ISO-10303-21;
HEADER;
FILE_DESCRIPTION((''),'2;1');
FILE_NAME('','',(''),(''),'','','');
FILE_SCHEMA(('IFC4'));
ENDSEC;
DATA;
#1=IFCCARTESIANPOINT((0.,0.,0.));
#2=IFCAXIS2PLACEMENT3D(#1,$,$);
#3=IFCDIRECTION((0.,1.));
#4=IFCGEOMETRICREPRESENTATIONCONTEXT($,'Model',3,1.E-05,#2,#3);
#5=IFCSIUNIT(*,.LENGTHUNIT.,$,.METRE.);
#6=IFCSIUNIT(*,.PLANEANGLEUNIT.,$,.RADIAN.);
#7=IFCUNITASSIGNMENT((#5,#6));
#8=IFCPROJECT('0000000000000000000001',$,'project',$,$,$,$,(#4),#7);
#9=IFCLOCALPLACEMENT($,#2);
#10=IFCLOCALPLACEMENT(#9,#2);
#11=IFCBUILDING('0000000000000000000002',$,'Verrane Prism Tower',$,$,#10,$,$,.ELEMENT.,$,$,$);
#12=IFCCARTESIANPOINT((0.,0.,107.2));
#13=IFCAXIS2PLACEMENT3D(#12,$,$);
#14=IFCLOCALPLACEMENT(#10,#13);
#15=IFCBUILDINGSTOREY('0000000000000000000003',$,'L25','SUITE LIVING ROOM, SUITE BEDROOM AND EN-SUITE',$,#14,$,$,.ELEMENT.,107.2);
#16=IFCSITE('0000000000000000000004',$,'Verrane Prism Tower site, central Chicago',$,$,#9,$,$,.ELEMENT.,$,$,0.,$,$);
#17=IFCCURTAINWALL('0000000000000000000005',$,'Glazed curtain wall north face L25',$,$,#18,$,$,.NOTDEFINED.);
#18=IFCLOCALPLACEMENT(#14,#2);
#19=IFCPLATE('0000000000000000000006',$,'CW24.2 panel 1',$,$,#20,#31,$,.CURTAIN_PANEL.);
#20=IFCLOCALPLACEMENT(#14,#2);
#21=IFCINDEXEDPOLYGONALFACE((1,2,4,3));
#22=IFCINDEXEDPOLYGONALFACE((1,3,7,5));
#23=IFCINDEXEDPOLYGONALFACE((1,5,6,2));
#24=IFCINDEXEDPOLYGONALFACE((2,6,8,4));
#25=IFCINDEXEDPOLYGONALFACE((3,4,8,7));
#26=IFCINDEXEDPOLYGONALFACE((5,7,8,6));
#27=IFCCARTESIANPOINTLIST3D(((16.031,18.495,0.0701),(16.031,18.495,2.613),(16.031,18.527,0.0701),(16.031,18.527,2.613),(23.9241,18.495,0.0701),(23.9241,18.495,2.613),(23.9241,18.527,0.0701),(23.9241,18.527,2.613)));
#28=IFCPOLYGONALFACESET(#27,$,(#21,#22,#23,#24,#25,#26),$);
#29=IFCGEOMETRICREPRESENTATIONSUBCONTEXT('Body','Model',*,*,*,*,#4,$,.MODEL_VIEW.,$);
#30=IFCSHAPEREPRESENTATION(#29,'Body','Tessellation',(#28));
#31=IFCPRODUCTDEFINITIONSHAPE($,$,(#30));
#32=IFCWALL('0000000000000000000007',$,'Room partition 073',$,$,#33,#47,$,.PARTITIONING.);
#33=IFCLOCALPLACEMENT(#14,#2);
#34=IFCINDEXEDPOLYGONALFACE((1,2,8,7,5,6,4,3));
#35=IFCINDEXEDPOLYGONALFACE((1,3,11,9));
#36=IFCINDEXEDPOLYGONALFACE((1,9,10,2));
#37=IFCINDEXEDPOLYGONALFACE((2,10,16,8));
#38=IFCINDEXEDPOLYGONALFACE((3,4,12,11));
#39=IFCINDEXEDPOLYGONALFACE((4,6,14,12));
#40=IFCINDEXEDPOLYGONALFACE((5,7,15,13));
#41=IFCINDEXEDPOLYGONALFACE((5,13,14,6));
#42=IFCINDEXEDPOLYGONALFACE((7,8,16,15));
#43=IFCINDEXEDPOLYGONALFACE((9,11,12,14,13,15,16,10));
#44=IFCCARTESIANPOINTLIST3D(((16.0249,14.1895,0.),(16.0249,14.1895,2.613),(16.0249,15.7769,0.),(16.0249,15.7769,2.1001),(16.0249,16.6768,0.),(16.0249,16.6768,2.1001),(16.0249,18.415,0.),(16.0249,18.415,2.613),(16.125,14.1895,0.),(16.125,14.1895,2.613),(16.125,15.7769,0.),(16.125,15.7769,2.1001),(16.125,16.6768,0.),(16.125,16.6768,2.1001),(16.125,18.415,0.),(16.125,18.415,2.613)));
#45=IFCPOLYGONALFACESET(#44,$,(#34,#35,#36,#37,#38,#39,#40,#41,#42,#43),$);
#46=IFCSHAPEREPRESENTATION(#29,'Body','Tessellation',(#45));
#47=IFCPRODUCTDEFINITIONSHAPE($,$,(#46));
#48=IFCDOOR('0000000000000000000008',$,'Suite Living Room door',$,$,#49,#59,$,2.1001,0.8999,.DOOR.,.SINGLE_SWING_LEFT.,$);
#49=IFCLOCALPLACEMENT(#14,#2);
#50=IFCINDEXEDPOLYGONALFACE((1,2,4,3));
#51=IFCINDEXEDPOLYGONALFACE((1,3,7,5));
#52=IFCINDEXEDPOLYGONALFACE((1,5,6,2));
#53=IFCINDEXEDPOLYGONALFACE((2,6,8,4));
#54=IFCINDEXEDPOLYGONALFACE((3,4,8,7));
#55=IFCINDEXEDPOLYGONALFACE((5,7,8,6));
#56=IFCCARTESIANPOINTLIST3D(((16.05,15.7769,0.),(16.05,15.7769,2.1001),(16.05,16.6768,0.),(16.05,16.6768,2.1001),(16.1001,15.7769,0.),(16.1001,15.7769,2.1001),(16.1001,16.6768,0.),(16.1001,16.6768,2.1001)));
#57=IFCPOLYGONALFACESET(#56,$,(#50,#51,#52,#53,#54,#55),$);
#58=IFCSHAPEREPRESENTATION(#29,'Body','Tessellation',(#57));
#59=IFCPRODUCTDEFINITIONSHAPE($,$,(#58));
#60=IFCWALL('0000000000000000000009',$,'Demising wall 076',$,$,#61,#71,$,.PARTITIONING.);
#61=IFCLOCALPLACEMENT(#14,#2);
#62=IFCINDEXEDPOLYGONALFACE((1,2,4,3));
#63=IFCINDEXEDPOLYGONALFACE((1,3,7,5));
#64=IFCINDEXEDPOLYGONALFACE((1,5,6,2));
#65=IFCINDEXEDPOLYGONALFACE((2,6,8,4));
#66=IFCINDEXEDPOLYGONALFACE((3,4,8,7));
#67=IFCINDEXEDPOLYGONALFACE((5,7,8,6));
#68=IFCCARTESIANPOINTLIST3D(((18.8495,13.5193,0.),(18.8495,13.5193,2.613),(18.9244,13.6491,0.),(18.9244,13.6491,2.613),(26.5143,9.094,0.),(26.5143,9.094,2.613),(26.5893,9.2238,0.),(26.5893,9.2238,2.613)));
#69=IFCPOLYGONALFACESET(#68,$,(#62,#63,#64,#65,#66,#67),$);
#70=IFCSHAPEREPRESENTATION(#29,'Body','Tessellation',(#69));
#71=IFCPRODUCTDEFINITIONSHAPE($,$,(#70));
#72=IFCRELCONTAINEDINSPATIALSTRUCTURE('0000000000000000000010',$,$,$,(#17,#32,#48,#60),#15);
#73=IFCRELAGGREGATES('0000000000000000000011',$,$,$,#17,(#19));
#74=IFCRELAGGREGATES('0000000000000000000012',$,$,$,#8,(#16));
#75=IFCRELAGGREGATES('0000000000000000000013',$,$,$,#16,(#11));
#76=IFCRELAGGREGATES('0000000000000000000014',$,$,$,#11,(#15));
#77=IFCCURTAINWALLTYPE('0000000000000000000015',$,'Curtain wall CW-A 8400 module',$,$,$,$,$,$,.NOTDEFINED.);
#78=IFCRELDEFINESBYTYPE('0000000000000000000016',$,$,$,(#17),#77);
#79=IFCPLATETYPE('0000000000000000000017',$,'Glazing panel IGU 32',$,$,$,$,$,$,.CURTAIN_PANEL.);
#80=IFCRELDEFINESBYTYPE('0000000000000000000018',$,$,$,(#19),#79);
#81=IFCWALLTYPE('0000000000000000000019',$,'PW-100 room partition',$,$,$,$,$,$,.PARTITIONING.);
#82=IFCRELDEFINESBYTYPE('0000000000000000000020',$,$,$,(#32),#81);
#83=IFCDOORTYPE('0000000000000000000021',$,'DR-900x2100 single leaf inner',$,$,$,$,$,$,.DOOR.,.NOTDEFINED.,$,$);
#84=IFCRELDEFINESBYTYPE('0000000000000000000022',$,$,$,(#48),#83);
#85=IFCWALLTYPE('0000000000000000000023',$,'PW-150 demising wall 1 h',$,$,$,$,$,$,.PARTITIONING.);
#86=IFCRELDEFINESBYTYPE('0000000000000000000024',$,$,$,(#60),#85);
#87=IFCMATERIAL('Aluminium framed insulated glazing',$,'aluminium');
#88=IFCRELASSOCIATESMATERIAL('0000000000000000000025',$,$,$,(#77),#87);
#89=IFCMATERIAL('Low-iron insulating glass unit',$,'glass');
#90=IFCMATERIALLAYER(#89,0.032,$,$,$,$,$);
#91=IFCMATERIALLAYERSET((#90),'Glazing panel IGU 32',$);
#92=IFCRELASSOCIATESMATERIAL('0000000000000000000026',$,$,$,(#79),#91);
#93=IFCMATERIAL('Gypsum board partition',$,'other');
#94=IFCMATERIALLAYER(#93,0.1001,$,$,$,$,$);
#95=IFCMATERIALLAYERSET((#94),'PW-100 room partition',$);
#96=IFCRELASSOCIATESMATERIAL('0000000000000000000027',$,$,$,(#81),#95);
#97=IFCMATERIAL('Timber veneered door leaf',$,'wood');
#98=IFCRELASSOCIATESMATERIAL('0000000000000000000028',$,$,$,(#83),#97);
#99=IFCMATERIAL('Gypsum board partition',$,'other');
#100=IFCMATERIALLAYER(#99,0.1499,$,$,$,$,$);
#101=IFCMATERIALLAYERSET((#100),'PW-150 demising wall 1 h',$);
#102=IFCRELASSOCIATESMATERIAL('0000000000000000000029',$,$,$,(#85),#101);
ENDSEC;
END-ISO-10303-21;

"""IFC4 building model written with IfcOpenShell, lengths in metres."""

from ifc_helpers import new_model, si_unit, direction, frame, frame_2d, origin, origin_2d, place, context, subcontext, project, spatial, rectangle, extrude, material, layer, layer_set, type_object, element, fill, aggregate, save


model = new_model("IFC4")

# Units and contexts
model_context = context("Model", 3, precision=1e-05, world=origin(), true_north=direction((0.0, 1.0)))
body_context = subcontext(model_context, "Body", "Model", "MODEL_VIEW")
ifc_project = project(units=[si_unit("LENGTHUNIT", "METRE"), si_unit("PLANEANGLEUNIT", "RADIAN")], contexts=[model_context])

# Site, building, storey
site_placement = place(None, origin())
site = spatial("IfcSite", under=ifc_project, at=site_placement, Name="Verrane Prism Tower site, central Chicago", CompositionType="ELEMENT", RefElevation=0.0)
building_placement = place(site_placement, origin())
building = spatial("IfcBuilding", under=site, at=building_placement, Name="Verrane Prism Tower", CompositionType="ELEMENT")
storey_placement = place(building_placement, frame((0.0, 0.0, 107.2)))
storey = spatial("IfcBuildingStorey", under=building, at=storey_placement, Name="L25", Description="SUITE LIVING ROOM, SUITE BEDROOM AND EN-SUITE", CompositionType="ELEMENT", Elevation=107.2)

# Curtain wall
ifc_material_1 = material(Name="Aluminium framed insulated glazing", Category="aluminium")
curtain_wall_type_1 = type_object("IfcCurtainWallType", Name="Curtain wall CW-A 8400 module", PredefinedType="NOTDEFINED", material=ifc_material_1)
curtain_wall_1_placement = place(storey_placement, origin())
curtain_wall_1 = element("IfcCurtainWall", 1, at=curtain_wall_1_placement, inside=storey, type_object=curtain_wall_type_1, Name="Glazed curtain wall north face L25", PredefinedType="NOTDEFINED")

# Plate
ifc_material_2 = material(Name="Low-iron insulating glass unit", Category="glass")
ifc_layer_1 = layer(ifc_material_2, 0.032)
ifc_layer_set_1 = layer_set([ifc_layer_1], Name="Glazing panel IGU 32")
plate_type_1 = type_object("IfcPlateType", Name="Glazing panel IGU 32", PredefinedType="CURTAIN_PANEL", material=ifc_layer_set_1)
plate_1_placement = place(storey_placement, frame((19.9775, 18.511, 0.0701), z_axis=(0.0, 0.0, 1.0), x_axis=(-1.0, 0.0, 0.0)))
plate_1 = element("IfcPlate", 2, at=plate_1_placement, type_object=plate_type_1, Name="CW24.2 panel 1", PredefinedType="CURTAIN_PANEL", context=body_context, shape_type="SweptSolid", body=[
    extrude(rectangle(XDim=7.8931, YDim=0.032, at=origin_2d()), origin(), (0.0, 0.0, 1.0), 2.543),
])
aggregate(curtain_wall_1, [plate_1])

# Wall, opening, door
ifc_material_3 = material(Name="Gypsum board partition", Category="other")
ifc_layer_2 = layer(ifc_material_3, 0.1001)
ifc_layer_set_2 = layer_set([ifc_layer_2], Name="PW-100 room partition")
wall_type_1 = type_object("IfcWallType", Name="PW-100 room partition", PredefinedType="PARTITIONING", material=ifc_layer_set_2)
wall_1_placement = place(storey_placement, frame((16.075, 14.1895, 0.0), z_axis=(0.0, 0.0, 1.0), x_axis=(0.0, 1.0, 0.0)))
wall_1 = element("IfcWall", 3, at=wall_1_placement, inside=storey, type_object=wall_type_1, Name="Room partition 073", PredefinedType="PARTITIONING", context=body_context, shape_type="SweptSolid", body=[
    extrude(rectangle(XDim=4.2256, YDim=0.1001, at=frame_2d((2.1128, 0.0))), origin(), (0.0, 0.0, 1.0), 2.613),
])
opening_placement = place(wall_1_placement, frame((1.5874, 0.0, 0.0)))
opening = element("IfcOpeningElement", 4, at=opening_placement, cuts=wall_1, PredefinedType="OPENING", context=body_context, shape_type="SweptSolid", body=[
    extrude(rectangle(XDim=0.8999, YDim=2.1001, at=frame_2d((0.45, 1.05))), frame((0.0, 0.0601, 0.0), z_axis=(0.0, -1.0, 0.0), x_axis=(1.0, 0.0, 0.0)), (0.0, 0.0, 1.0), 0.1201),
])
ifc_material_4 = material(Name="Timber veneered door leaf", Category="wood")
door_type = type_object("IfcDoorType", Name="DR-900x2100 single leaf inner", OperationType="NOTDEFINED", PredefinedType="DOOR", material=ifc_material_4)
door_placement = place(opening_placement, origin())
door = element("IfcDoor", 5, at=door_placement, inside=storey, type_object=door_type, Name="Suite Living Room door", OperationType="SINGLE_SWING_LEFT", OverallHeight=2.1001, OverallWidth=0.8999, PredefinedType="DOOR", context=body_context, shape_type="SweptSolid", body=[
    extrude(rectangle(XDim=0.8999, YDim=2.1001, at=frame_2d((0.45, 1.05))), frame((0.0, 0.0249, 0.0), z_axis=(0.0, -1.0, 0.0), x_axis=(1.0, 0.0, 0.0)), (0.0, 0.0, 1.0), 0.05),
])
fill(opening, door)

# Wall
ifc_material_5 = material(Name="Gypsum board partition", Category="other")
ifc_layer_3 = layer(ifc_material_5, 0.1499)
ifc_layer_set_3 = layer_set([ifc_layer_3], Name="PW-150 demising wall 1 h")
wall_type_2 = type_object("IfcWallType", Name="PW-150 demising wall 1 h", PredefinedType="PARTITIONING", material=ifc_layer_set_3)
wall_2_placement = place(storey_placement, frame((18.887, 13.5842, 0.0), z_axis=(0.0, 0.0, 1.0), x_axis=(0.866024, -0.500002, 0.0)))
element("IfcWall", 6, at=wall_2_placement, inside=storey, type_object=wall_type_2, Name="Demising wall 076", PredefinedType="PARTITIONING", context=body_context, shape_type="SweptSolid", body=[
    extrude(rectangle(XDim=8.8506, YDim=0.1499, at=frame_2d((4.4253, 0.0))), origin(), (0.0, 0.0, 1.0), 2.613),
])

save(model, "model.ifc")
